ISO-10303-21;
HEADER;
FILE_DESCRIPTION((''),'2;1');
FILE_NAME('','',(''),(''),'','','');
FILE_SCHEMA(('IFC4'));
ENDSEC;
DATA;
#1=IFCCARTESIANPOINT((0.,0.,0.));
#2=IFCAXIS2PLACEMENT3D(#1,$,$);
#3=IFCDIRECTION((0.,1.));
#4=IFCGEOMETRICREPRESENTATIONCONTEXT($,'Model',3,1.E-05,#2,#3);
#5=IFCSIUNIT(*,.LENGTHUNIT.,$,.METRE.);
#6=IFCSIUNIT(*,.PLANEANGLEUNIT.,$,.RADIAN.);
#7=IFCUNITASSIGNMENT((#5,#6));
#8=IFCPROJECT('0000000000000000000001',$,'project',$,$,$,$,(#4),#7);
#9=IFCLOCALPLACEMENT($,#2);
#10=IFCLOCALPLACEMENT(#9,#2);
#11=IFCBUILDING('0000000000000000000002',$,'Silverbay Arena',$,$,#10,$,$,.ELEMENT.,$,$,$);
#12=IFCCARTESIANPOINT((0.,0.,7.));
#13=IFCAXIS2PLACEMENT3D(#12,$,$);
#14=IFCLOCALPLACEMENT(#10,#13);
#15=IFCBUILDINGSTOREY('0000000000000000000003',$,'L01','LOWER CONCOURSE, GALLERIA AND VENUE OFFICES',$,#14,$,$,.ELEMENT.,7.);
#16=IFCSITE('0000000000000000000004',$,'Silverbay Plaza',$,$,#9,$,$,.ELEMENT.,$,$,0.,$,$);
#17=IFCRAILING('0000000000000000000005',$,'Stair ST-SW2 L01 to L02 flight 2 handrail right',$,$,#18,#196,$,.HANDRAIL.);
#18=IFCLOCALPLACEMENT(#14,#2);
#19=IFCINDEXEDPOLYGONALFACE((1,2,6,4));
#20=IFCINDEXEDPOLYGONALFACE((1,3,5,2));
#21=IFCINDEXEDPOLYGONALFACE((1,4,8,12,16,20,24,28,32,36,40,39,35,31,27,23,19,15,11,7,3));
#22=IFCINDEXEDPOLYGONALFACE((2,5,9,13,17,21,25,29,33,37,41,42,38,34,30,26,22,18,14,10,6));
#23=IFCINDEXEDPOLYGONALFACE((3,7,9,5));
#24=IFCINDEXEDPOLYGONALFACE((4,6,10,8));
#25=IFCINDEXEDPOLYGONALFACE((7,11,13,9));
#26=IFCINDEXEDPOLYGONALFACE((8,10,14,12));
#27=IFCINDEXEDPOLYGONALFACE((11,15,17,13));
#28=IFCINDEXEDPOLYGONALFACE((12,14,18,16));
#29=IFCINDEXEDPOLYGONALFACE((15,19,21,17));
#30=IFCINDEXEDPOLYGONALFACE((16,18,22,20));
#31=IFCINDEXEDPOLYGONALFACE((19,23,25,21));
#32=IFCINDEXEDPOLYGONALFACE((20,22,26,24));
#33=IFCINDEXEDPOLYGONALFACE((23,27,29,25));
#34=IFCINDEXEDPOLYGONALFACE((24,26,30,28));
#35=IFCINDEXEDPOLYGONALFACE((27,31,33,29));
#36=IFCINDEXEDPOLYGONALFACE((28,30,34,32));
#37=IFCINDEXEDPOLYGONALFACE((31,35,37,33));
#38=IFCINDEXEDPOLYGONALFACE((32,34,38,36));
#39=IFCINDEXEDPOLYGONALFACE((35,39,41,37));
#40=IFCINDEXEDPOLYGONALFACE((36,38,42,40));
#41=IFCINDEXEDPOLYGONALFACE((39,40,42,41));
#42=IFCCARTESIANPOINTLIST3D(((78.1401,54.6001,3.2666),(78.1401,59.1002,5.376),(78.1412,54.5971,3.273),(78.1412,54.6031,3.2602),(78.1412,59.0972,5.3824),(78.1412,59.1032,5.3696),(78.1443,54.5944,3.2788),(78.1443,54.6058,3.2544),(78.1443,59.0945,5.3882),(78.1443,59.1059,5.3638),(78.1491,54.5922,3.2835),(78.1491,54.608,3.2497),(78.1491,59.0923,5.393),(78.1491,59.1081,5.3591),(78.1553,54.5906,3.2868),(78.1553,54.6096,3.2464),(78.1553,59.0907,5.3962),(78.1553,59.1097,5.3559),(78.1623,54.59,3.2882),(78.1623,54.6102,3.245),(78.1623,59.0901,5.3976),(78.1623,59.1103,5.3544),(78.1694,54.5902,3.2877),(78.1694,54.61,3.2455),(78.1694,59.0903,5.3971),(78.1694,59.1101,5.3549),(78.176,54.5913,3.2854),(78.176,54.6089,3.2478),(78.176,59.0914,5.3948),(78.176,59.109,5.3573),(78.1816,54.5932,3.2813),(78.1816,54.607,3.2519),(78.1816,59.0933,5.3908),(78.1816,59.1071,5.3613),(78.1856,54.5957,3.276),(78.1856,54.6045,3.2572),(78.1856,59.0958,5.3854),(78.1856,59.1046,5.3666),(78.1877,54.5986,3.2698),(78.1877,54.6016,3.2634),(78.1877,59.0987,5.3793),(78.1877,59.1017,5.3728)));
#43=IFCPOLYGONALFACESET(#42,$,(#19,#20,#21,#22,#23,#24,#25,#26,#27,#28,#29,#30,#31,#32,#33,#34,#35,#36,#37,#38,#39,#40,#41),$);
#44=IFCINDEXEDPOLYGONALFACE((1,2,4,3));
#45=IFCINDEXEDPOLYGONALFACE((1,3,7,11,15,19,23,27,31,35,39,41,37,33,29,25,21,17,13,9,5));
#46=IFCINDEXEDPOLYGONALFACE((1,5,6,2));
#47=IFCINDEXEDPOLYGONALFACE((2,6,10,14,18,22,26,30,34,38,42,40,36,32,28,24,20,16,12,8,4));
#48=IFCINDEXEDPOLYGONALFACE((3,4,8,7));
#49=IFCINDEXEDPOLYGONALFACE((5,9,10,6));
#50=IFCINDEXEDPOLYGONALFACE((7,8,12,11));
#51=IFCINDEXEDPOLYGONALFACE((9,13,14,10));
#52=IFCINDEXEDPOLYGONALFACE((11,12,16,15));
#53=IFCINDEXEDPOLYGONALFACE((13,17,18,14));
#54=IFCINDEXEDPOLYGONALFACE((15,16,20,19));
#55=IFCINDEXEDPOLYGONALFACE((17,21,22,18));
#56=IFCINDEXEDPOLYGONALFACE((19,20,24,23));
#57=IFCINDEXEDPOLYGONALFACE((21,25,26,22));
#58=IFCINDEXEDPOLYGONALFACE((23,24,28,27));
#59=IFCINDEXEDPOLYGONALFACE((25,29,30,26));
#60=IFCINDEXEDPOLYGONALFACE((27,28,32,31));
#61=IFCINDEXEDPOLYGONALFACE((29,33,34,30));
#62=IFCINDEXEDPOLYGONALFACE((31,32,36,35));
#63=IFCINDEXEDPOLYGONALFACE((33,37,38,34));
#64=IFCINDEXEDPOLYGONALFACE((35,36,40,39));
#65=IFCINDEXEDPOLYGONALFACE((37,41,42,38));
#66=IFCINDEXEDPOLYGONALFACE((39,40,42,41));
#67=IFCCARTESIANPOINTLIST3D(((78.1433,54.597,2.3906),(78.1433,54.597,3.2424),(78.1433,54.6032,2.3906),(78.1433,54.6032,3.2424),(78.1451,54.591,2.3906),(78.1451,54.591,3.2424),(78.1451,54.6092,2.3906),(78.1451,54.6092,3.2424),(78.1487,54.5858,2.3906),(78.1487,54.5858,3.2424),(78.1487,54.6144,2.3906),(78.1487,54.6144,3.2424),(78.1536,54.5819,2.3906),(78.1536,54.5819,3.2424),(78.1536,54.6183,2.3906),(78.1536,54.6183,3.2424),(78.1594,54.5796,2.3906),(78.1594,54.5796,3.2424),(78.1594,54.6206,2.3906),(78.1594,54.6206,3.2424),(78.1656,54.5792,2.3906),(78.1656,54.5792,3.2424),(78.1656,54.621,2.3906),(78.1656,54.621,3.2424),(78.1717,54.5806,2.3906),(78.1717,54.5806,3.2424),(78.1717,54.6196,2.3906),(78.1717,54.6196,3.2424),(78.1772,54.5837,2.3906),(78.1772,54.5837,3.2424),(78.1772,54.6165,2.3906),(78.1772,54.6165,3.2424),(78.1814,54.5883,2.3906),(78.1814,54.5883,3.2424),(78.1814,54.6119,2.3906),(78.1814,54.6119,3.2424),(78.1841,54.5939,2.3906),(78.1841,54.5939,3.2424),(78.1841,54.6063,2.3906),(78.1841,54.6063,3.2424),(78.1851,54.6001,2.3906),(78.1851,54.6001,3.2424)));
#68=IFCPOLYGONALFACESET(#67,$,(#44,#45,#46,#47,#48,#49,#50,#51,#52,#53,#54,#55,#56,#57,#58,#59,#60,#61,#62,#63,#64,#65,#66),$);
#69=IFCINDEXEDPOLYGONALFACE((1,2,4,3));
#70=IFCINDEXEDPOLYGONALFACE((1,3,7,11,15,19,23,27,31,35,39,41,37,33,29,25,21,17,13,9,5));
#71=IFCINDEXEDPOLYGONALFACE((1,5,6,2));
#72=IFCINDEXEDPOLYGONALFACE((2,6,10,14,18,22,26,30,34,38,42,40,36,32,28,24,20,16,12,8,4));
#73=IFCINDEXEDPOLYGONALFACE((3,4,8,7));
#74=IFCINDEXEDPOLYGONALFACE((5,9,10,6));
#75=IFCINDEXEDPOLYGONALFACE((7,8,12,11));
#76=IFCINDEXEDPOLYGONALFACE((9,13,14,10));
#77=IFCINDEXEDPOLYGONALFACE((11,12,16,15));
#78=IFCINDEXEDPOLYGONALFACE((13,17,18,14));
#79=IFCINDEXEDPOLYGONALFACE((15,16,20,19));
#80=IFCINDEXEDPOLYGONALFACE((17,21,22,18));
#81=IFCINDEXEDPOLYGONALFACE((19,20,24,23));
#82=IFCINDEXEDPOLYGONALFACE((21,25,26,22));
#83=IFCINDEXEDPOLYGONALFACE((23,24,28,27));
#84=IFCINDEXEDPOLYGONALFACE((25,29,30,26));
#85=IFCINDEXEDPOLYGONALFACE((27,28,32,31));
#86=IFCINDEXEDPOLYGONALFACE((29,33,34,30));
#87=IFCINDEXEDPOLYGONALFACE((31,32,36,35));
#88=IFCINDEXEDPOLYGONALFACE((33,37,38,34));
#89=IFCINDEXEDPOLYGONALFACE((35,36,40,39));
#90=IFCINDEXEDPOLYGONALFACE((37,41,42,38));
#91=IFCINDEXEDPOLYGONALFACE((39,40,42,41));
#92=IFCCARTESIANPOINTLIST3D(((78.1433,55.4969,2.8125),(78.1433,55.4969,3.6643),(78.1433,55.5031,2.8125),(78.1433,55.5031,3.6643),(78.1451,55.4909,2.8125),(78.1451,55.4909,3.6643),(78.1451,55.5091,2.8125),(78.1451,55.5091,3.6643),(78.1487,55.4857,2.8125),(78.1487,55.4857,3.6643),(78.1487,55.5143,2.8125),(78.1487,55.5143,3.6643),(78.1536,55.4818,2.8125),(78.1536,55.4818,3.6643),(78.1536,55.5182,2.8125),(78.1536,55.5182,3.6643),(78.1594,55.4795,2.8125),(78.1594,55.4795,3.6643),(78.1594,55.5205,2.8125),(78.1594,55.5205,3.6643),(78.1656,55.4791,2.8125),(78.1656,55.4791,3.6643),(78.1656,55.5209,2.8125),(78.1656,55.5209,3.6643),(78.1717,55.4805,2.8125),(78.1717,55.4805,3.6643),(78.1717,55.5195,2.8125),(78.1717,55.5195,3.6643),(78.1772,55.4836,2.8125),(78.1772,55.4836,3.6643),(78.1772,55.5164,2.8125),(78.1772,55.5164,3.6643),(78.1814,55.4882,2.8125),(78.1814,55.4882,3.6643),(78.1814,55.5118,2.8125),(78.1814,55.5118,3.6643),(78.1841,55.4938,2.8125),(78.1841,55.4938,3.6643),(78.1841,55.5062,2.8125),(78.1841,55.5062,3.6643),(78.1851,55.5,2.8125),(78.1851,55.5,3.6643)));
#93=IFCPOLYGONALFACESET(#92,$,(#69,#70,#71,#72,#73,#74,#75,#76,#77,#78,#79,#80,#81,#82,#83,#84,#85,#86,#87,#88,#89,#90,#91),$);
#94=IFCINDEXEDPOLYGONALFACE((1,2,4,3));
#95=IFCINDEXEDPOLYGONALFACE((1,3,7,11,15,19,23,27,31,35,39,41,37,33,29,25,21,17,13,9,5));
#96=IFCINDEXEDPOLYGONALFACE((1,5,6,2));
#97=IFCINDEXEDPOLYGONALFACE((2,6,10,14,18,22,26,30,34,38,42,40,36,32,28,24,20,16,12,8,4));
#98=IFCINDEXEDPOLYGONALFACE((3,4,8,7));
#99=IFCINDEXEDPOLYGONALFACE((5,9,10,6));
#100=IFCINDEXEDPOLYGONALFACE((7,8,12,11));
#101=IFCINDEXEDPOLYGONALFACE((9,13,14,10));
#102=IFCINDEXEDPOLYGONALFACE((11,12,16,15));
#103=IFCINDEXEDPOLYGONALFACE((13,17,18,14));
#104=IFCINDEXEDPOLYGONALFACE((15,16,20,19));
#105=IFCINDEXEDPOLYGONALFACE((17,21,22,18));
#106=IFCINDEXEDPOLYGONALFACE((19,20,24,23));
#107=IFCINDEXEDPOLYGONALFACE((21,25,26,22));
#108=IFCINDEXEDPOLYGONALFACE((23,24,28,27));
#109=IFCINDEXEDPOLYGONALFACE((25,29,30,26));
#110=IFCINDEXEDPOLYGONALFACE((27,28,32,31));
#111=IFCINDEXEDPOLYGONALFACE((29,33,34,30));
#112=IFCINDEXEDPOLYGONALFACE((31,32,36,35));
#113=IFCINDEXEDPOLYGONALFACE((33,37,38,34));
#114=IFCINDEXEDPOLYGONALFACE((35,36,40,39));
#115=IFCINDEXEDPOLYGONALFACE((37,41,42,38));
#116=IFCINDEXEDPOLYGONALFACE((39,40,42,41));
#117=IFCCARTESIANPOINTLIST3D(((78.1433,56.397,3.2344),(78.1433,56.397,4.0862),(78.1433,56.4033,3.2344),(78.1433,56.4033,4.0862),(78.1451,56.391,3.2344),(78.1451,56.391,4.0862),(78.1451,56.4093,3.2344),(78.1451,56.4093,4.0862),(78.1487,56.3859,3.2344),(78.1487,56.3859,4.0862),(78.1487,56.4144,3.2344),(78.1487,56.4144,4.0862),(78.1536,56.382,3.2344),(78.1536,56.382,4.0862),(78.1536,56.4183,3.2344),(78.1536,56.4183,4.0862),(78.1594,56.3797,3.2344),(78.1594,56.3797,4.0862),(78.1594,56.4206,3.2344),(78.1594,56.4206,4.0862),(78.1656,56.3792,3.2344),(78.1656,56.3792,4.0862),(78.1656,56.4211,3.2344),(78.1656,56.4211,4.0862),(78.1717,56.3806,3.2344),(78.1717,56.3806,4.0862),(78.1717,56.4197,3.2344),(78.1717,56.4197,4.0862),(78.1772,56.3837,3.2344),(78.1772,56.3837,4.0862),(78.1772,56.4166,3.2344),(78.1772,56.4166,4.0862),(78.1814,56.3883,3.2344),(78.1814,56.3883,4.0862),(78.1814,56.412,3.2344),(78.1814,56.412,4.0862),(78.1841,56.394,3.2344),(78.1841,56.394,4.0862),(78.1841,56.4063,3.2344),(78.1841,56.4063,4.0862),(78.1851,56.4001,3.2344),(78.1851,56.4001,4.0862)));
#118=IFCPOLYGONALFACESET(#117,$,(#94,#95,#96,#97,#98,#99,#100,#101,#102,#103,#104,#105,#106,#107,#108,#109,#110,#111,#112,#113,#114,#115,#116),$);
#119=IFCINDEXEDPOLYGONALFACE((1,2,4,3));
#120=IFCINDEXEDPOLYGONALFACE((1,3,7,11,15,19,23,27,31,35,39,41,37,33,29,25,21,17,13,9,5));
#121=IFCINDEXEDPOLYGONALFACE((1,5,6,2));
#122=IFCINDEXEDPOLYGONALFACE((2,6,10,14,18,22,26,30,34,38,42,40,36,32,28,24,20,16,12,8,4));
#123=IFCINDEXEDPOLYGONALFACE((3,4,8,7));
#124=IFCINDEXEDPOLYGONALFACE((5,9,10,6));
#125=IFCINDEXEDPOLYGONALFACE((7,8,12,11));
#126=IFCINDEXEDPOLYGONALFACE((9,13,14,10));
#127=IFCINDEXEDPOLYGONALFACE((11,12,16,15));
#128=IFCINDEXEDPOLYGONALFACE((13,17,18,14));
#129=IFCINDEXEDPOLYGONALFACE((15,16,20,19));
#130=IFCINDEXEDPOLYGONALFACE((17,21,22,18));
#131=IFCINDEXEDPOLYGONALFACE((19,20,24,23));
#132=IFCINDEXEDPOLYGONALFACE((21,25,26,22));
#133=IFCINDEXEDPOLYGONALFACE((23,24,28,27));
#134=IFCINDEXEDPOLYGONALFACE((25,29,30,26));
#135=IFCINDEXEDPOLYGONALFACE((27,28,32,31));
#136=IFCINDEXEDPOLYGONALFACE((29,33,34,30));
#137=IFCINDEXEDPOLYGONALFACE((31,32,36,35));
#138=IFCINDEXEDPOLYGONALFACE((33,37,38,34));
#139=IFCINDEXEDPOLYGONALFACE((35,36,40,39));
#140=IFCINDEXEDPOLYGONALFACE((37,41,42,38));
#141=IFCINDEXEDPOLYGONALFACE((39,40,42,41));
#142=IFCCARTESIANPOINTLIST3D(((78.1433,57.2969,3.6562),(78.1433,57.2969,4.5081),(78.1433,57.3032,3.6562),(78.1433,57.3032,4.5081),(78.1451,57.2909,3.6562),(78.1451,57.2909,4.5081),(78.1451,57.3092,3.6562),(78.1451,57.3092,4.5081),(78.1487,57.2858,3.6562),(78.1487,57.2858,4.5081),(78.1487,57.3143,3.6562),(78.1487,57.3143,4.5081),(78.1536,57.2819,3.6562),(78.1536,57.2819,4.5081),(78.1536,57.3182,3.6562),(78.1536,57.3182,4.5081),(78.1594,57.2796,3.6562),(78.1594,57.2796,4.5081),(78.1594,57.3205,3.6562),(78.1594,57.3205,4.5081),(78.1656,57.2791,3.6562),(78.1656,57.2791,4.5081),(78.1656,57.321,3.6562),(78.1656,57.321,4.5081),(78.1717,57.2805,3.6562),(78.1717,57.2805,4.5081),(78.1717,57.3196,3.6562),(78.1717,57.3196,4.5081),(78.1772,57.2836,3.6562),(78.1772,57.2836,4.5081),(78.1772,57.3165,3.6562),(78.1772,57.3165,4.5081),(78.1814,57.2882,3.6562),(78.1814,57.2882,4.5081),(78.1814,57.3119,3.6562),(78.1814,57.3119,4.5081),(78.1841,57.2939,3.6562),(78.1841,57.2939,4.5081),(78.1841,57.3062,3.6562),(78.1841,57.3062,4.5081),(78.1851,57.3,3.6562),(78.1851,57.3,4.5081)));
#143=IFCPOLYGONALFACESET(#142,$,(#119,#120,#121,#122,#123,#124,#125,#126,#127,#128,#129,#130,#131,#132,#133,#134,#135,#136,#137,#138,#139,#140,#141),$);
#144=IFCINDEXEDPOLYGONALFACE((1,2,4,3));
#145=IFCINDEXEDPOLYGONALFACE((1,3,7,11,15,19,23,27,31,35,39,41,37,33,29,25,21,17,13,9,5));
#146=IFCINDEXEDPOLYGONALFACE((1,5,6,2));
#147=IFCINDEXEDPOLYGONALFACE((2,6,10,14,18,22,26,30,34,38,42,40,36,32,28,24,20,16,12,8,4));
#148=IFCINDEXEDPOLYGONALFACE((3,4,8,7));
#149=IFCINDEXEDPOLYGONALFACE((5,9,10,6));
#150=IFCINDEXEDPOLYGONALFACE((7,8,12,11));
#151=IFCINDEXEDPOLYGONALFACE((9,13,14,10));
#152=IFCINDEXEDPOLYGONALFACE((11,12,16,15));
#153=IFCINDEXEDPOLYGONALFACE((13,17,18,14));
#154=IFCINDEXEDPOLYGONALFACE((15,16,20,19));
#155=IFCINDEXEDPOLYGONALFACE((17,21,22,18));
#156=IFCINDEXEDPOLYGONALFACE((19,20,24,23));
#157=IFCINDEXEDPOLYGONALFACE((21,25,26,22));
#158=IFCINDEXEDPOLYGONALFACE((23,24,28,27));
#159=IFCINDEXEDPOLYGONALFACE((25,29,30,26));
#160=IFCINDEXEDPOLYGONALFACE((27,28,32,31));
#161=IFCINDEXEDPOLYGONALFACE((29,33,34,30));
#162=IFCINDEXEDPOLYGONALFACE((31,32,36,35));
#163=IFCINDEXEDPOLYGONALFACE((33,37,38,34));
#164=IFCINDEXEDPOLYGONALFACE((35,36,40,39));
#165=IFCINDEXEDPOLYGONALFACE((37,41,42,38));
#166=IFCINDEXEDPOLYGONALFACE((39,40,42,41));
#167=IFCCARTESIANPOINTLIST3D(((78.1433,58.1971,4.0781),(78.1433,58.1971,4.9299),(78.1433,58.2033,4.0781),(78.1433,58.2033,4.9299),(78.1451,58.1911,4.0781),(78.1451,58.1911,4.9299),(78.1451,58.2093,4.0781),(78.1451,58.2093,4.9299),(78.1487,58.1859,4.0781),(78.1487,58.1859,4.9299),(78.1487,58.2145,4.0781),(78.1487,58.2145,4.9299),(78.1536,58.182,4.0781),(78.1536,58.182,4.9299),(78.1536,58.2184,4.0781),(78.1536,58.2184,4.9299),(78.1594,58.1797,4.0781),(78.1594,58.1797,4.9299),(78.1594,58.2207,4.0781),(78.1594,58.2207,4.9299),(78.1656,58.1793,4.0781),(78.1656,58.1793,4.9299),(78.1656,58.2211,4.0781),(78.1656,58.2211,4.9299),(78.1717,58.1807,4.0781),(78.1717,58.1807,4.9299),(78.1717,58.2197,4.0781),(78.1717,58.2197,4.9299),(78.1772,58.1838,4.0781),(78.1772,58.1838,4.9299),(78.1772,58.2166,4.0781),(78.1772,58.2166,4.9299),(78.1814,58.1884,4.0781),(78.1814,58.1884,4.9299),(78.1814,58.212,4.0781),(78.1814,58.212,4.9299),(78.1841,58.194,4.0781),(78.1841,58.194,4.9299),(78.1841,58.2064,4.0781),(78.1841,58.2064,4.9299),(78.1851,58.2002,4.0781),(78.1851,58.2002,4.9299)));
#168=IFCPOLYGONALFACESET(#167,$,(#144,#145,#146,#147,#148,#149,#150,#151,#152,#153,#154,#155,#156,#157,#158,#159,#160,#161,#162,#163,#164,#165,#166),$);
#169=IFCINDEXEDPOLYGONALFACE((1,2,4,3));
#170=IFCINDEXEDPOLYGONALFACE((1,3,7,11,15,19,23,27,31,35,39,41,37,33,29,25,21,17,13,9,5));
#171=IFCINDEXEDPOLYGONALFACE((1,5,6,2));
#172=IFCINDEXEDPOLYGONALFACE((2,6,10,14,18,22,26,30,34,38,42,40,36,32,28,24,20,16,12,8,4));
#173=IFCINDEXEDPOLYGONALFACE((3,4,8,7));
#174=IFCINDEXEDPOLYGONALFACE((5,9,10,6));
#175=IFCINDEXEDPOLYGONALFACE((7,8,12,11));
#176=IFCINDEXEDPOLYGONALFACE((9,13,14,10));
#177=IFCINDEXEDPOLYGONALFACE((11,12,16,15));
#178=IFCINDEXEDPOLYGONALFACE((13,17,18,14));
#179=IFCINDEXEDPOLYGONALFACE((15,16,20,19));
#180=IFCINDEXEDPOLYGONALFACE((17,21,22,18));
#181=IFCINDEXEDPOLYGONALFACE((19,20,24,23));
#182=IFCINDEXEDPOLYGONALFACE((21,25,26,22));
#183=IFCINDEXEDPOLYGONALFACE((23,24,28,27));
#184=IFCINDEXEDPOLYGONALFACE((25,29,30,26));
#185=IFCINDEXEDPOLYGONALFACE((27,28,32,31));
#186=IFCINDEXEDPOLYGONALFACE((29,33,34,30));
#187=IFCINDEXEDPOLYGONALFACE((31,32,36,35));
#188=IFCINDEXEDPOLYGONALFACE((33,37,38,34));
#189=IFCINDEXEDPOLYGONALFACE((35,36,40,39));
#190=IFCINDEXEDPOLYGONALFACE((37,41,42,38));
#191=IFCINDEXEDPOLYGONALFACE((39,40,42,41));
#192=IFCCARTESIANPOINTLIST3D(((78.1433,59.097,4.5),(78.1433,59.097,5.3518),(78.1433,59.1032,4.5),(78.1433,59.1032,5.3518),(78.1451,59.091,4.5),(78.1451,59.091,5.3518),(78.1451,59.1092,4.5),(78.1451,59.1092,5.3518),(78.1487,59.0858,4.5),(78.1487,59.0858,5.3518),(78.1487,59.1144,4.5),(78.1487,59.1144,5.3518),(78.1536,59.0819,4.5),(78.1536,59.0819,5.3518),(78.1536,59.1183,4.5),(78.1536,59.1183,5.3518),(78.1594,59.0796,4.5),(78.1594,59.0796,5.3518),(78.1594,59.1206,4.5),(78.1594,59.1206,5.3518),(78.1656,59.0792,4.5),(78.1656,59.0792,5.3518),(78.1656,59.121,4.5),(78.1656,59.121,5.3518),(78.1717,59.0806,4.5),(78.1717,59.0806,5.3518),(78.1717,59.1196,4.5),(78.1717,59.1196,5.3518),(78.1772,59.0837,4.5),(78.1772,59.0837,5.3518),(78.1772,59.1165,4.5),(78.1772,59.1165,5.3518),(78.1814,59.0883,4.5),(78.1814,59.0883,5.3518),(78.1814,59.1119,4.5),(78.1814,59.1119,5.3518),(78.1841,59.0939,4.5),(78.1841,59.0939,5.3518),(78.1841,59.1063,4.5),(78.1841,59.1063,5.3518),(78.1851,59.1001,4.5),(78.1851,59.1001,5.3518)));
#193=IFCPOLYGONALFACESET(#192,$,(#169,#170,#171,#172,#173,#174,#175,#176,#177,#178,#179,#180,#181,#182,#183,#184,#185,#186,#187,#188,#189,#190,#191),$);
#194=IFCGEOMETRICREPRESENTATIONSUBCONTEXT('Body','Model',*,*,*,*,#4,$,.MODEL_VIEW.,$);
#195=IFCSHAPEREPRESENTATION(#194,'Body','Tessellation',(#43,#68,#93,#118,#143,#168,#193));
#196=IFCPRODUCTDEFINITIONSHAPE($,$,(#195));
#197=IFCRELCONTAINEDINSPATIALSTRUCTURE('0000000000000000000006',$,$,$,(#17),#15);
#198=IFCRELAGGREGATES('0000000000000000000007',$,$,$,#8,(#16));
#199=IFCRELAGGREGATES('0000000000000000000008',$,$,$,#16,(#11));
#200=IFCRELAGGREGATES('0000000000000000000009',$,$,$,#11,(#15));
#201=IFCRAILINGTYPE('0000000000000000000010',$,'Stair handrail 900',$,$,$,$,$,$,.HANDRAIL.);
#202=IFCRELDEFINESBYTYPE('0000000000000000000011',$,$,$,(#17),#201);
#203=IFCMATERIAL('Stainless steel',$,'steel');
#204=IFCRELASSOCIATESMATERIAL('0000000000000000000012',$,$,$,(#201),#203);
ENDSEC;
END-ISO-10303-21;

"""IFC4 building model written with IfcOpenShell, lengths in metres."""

from ifc_helpers import new_model, si_unit, direction, frame, origin, origin_2d, place, context, subcontext, project, spatial, circle, extrude, material, type_object, element, save


model = new_model("IFC4")

# Units and contexts
model_context = context("Model", 3, precision=1e-05, world=origin(), true_north=direction((0.0, 1.0)))
body_context = subcontext(model_context, "Body", "Model", "MODEL_VIEW")
ifc_project = project(units=[si_unit("LENGTHUNIT", "METRE"), si_unit("PLANEANGLEUNIT", "RADIAN")], contexts=[model_context])

# Site, building, storey
site_placement = place(None, origin())
site = spatial("IfcSite", under=ifc_project, at=site_placement, Name="Silverbay Plaza", CompositionType="ELEMENT", RefElevation=0.0)
building_placement = place(site_placement, origin())
building = spatial("IfcBuilding", under=site, at=building_placement, Name="Silverbay Arena", CompositionType="ELEMENT")
storey_placement = place(building_placement, frame((0.0, 0.0, 7.0)))
storey = spatial("IfcBuildingStorey", under=building, at=storey_placement, Name="L01", Description="LOWER CONCOURSE, GALLERIA AND VENUE OFFICES", CompositionType="ELEMENT", Elevation=7.0)

# Railing
ifc_material_1 = material(Name="Stainless steel", Category="steel")
railing_type_1 = type_object("IfcRailingType", Name="Stair handrail 900", PredefinedType="HANDRAIL", material=ifc_material_1)
for number, where, name in (
    (1, (78.1641, 54.6001, 2.3906), "Stair ST-SW2 L01 to L02 flight 2 handrail right"),
):
    element("IfcRailing", number, at=place(storey_placement, frame(where)), inside=storey, type_object=railing_type_1, Name=name, PredefinedType="HANDRAIL", context=body_context, shape_type="SweptSolid", body=[
        extrude(circle(Radius=0.0239, at=origin_2d()), frame((0.0, 0.0, 0.876), z_axis=(0.0, 0.905459, 0.424434), x_axis=(-1.0, 0.0, 0.0)), (0.0, 0.0, 1.0), 4.97),
        extrude(circle(Radius=0.021, at=origin_2d()), origin(), (0.0, 0.0, 1.0), 0.8518),
        extrude(circle(Radius=0.021, at=origin_2d()), frame((0.0, 0.8999, 0.4219)), (0.0, 0.0, 1.0), 0.8518),
        extrude(circle(Radius=0.021, at=origin_2d()), frame((0.0, 1.8, 0.8438)), (0.0, 0.0, 1.0), 0.8518),
        extrude(circle(Radius=0.021, at=origin_2d()), frame((0.0, 2.7, 1.2656)), (0.0, 0.0, 1.0), 0.8518),
        extrude(circle(Radius=0.021, at=origin_2d()), frame((0.0, 3.6001, 1.6875)), (0.0, 0.0, 1.0), 0.8518),
        extrude(circle(Radius=0.021, at=origin_2d()), frame((0.0, 4.5, 2.1094)), (0.0, 0.0, 1.0), 0.8518),
    ])

save(model, "model.ifc")
